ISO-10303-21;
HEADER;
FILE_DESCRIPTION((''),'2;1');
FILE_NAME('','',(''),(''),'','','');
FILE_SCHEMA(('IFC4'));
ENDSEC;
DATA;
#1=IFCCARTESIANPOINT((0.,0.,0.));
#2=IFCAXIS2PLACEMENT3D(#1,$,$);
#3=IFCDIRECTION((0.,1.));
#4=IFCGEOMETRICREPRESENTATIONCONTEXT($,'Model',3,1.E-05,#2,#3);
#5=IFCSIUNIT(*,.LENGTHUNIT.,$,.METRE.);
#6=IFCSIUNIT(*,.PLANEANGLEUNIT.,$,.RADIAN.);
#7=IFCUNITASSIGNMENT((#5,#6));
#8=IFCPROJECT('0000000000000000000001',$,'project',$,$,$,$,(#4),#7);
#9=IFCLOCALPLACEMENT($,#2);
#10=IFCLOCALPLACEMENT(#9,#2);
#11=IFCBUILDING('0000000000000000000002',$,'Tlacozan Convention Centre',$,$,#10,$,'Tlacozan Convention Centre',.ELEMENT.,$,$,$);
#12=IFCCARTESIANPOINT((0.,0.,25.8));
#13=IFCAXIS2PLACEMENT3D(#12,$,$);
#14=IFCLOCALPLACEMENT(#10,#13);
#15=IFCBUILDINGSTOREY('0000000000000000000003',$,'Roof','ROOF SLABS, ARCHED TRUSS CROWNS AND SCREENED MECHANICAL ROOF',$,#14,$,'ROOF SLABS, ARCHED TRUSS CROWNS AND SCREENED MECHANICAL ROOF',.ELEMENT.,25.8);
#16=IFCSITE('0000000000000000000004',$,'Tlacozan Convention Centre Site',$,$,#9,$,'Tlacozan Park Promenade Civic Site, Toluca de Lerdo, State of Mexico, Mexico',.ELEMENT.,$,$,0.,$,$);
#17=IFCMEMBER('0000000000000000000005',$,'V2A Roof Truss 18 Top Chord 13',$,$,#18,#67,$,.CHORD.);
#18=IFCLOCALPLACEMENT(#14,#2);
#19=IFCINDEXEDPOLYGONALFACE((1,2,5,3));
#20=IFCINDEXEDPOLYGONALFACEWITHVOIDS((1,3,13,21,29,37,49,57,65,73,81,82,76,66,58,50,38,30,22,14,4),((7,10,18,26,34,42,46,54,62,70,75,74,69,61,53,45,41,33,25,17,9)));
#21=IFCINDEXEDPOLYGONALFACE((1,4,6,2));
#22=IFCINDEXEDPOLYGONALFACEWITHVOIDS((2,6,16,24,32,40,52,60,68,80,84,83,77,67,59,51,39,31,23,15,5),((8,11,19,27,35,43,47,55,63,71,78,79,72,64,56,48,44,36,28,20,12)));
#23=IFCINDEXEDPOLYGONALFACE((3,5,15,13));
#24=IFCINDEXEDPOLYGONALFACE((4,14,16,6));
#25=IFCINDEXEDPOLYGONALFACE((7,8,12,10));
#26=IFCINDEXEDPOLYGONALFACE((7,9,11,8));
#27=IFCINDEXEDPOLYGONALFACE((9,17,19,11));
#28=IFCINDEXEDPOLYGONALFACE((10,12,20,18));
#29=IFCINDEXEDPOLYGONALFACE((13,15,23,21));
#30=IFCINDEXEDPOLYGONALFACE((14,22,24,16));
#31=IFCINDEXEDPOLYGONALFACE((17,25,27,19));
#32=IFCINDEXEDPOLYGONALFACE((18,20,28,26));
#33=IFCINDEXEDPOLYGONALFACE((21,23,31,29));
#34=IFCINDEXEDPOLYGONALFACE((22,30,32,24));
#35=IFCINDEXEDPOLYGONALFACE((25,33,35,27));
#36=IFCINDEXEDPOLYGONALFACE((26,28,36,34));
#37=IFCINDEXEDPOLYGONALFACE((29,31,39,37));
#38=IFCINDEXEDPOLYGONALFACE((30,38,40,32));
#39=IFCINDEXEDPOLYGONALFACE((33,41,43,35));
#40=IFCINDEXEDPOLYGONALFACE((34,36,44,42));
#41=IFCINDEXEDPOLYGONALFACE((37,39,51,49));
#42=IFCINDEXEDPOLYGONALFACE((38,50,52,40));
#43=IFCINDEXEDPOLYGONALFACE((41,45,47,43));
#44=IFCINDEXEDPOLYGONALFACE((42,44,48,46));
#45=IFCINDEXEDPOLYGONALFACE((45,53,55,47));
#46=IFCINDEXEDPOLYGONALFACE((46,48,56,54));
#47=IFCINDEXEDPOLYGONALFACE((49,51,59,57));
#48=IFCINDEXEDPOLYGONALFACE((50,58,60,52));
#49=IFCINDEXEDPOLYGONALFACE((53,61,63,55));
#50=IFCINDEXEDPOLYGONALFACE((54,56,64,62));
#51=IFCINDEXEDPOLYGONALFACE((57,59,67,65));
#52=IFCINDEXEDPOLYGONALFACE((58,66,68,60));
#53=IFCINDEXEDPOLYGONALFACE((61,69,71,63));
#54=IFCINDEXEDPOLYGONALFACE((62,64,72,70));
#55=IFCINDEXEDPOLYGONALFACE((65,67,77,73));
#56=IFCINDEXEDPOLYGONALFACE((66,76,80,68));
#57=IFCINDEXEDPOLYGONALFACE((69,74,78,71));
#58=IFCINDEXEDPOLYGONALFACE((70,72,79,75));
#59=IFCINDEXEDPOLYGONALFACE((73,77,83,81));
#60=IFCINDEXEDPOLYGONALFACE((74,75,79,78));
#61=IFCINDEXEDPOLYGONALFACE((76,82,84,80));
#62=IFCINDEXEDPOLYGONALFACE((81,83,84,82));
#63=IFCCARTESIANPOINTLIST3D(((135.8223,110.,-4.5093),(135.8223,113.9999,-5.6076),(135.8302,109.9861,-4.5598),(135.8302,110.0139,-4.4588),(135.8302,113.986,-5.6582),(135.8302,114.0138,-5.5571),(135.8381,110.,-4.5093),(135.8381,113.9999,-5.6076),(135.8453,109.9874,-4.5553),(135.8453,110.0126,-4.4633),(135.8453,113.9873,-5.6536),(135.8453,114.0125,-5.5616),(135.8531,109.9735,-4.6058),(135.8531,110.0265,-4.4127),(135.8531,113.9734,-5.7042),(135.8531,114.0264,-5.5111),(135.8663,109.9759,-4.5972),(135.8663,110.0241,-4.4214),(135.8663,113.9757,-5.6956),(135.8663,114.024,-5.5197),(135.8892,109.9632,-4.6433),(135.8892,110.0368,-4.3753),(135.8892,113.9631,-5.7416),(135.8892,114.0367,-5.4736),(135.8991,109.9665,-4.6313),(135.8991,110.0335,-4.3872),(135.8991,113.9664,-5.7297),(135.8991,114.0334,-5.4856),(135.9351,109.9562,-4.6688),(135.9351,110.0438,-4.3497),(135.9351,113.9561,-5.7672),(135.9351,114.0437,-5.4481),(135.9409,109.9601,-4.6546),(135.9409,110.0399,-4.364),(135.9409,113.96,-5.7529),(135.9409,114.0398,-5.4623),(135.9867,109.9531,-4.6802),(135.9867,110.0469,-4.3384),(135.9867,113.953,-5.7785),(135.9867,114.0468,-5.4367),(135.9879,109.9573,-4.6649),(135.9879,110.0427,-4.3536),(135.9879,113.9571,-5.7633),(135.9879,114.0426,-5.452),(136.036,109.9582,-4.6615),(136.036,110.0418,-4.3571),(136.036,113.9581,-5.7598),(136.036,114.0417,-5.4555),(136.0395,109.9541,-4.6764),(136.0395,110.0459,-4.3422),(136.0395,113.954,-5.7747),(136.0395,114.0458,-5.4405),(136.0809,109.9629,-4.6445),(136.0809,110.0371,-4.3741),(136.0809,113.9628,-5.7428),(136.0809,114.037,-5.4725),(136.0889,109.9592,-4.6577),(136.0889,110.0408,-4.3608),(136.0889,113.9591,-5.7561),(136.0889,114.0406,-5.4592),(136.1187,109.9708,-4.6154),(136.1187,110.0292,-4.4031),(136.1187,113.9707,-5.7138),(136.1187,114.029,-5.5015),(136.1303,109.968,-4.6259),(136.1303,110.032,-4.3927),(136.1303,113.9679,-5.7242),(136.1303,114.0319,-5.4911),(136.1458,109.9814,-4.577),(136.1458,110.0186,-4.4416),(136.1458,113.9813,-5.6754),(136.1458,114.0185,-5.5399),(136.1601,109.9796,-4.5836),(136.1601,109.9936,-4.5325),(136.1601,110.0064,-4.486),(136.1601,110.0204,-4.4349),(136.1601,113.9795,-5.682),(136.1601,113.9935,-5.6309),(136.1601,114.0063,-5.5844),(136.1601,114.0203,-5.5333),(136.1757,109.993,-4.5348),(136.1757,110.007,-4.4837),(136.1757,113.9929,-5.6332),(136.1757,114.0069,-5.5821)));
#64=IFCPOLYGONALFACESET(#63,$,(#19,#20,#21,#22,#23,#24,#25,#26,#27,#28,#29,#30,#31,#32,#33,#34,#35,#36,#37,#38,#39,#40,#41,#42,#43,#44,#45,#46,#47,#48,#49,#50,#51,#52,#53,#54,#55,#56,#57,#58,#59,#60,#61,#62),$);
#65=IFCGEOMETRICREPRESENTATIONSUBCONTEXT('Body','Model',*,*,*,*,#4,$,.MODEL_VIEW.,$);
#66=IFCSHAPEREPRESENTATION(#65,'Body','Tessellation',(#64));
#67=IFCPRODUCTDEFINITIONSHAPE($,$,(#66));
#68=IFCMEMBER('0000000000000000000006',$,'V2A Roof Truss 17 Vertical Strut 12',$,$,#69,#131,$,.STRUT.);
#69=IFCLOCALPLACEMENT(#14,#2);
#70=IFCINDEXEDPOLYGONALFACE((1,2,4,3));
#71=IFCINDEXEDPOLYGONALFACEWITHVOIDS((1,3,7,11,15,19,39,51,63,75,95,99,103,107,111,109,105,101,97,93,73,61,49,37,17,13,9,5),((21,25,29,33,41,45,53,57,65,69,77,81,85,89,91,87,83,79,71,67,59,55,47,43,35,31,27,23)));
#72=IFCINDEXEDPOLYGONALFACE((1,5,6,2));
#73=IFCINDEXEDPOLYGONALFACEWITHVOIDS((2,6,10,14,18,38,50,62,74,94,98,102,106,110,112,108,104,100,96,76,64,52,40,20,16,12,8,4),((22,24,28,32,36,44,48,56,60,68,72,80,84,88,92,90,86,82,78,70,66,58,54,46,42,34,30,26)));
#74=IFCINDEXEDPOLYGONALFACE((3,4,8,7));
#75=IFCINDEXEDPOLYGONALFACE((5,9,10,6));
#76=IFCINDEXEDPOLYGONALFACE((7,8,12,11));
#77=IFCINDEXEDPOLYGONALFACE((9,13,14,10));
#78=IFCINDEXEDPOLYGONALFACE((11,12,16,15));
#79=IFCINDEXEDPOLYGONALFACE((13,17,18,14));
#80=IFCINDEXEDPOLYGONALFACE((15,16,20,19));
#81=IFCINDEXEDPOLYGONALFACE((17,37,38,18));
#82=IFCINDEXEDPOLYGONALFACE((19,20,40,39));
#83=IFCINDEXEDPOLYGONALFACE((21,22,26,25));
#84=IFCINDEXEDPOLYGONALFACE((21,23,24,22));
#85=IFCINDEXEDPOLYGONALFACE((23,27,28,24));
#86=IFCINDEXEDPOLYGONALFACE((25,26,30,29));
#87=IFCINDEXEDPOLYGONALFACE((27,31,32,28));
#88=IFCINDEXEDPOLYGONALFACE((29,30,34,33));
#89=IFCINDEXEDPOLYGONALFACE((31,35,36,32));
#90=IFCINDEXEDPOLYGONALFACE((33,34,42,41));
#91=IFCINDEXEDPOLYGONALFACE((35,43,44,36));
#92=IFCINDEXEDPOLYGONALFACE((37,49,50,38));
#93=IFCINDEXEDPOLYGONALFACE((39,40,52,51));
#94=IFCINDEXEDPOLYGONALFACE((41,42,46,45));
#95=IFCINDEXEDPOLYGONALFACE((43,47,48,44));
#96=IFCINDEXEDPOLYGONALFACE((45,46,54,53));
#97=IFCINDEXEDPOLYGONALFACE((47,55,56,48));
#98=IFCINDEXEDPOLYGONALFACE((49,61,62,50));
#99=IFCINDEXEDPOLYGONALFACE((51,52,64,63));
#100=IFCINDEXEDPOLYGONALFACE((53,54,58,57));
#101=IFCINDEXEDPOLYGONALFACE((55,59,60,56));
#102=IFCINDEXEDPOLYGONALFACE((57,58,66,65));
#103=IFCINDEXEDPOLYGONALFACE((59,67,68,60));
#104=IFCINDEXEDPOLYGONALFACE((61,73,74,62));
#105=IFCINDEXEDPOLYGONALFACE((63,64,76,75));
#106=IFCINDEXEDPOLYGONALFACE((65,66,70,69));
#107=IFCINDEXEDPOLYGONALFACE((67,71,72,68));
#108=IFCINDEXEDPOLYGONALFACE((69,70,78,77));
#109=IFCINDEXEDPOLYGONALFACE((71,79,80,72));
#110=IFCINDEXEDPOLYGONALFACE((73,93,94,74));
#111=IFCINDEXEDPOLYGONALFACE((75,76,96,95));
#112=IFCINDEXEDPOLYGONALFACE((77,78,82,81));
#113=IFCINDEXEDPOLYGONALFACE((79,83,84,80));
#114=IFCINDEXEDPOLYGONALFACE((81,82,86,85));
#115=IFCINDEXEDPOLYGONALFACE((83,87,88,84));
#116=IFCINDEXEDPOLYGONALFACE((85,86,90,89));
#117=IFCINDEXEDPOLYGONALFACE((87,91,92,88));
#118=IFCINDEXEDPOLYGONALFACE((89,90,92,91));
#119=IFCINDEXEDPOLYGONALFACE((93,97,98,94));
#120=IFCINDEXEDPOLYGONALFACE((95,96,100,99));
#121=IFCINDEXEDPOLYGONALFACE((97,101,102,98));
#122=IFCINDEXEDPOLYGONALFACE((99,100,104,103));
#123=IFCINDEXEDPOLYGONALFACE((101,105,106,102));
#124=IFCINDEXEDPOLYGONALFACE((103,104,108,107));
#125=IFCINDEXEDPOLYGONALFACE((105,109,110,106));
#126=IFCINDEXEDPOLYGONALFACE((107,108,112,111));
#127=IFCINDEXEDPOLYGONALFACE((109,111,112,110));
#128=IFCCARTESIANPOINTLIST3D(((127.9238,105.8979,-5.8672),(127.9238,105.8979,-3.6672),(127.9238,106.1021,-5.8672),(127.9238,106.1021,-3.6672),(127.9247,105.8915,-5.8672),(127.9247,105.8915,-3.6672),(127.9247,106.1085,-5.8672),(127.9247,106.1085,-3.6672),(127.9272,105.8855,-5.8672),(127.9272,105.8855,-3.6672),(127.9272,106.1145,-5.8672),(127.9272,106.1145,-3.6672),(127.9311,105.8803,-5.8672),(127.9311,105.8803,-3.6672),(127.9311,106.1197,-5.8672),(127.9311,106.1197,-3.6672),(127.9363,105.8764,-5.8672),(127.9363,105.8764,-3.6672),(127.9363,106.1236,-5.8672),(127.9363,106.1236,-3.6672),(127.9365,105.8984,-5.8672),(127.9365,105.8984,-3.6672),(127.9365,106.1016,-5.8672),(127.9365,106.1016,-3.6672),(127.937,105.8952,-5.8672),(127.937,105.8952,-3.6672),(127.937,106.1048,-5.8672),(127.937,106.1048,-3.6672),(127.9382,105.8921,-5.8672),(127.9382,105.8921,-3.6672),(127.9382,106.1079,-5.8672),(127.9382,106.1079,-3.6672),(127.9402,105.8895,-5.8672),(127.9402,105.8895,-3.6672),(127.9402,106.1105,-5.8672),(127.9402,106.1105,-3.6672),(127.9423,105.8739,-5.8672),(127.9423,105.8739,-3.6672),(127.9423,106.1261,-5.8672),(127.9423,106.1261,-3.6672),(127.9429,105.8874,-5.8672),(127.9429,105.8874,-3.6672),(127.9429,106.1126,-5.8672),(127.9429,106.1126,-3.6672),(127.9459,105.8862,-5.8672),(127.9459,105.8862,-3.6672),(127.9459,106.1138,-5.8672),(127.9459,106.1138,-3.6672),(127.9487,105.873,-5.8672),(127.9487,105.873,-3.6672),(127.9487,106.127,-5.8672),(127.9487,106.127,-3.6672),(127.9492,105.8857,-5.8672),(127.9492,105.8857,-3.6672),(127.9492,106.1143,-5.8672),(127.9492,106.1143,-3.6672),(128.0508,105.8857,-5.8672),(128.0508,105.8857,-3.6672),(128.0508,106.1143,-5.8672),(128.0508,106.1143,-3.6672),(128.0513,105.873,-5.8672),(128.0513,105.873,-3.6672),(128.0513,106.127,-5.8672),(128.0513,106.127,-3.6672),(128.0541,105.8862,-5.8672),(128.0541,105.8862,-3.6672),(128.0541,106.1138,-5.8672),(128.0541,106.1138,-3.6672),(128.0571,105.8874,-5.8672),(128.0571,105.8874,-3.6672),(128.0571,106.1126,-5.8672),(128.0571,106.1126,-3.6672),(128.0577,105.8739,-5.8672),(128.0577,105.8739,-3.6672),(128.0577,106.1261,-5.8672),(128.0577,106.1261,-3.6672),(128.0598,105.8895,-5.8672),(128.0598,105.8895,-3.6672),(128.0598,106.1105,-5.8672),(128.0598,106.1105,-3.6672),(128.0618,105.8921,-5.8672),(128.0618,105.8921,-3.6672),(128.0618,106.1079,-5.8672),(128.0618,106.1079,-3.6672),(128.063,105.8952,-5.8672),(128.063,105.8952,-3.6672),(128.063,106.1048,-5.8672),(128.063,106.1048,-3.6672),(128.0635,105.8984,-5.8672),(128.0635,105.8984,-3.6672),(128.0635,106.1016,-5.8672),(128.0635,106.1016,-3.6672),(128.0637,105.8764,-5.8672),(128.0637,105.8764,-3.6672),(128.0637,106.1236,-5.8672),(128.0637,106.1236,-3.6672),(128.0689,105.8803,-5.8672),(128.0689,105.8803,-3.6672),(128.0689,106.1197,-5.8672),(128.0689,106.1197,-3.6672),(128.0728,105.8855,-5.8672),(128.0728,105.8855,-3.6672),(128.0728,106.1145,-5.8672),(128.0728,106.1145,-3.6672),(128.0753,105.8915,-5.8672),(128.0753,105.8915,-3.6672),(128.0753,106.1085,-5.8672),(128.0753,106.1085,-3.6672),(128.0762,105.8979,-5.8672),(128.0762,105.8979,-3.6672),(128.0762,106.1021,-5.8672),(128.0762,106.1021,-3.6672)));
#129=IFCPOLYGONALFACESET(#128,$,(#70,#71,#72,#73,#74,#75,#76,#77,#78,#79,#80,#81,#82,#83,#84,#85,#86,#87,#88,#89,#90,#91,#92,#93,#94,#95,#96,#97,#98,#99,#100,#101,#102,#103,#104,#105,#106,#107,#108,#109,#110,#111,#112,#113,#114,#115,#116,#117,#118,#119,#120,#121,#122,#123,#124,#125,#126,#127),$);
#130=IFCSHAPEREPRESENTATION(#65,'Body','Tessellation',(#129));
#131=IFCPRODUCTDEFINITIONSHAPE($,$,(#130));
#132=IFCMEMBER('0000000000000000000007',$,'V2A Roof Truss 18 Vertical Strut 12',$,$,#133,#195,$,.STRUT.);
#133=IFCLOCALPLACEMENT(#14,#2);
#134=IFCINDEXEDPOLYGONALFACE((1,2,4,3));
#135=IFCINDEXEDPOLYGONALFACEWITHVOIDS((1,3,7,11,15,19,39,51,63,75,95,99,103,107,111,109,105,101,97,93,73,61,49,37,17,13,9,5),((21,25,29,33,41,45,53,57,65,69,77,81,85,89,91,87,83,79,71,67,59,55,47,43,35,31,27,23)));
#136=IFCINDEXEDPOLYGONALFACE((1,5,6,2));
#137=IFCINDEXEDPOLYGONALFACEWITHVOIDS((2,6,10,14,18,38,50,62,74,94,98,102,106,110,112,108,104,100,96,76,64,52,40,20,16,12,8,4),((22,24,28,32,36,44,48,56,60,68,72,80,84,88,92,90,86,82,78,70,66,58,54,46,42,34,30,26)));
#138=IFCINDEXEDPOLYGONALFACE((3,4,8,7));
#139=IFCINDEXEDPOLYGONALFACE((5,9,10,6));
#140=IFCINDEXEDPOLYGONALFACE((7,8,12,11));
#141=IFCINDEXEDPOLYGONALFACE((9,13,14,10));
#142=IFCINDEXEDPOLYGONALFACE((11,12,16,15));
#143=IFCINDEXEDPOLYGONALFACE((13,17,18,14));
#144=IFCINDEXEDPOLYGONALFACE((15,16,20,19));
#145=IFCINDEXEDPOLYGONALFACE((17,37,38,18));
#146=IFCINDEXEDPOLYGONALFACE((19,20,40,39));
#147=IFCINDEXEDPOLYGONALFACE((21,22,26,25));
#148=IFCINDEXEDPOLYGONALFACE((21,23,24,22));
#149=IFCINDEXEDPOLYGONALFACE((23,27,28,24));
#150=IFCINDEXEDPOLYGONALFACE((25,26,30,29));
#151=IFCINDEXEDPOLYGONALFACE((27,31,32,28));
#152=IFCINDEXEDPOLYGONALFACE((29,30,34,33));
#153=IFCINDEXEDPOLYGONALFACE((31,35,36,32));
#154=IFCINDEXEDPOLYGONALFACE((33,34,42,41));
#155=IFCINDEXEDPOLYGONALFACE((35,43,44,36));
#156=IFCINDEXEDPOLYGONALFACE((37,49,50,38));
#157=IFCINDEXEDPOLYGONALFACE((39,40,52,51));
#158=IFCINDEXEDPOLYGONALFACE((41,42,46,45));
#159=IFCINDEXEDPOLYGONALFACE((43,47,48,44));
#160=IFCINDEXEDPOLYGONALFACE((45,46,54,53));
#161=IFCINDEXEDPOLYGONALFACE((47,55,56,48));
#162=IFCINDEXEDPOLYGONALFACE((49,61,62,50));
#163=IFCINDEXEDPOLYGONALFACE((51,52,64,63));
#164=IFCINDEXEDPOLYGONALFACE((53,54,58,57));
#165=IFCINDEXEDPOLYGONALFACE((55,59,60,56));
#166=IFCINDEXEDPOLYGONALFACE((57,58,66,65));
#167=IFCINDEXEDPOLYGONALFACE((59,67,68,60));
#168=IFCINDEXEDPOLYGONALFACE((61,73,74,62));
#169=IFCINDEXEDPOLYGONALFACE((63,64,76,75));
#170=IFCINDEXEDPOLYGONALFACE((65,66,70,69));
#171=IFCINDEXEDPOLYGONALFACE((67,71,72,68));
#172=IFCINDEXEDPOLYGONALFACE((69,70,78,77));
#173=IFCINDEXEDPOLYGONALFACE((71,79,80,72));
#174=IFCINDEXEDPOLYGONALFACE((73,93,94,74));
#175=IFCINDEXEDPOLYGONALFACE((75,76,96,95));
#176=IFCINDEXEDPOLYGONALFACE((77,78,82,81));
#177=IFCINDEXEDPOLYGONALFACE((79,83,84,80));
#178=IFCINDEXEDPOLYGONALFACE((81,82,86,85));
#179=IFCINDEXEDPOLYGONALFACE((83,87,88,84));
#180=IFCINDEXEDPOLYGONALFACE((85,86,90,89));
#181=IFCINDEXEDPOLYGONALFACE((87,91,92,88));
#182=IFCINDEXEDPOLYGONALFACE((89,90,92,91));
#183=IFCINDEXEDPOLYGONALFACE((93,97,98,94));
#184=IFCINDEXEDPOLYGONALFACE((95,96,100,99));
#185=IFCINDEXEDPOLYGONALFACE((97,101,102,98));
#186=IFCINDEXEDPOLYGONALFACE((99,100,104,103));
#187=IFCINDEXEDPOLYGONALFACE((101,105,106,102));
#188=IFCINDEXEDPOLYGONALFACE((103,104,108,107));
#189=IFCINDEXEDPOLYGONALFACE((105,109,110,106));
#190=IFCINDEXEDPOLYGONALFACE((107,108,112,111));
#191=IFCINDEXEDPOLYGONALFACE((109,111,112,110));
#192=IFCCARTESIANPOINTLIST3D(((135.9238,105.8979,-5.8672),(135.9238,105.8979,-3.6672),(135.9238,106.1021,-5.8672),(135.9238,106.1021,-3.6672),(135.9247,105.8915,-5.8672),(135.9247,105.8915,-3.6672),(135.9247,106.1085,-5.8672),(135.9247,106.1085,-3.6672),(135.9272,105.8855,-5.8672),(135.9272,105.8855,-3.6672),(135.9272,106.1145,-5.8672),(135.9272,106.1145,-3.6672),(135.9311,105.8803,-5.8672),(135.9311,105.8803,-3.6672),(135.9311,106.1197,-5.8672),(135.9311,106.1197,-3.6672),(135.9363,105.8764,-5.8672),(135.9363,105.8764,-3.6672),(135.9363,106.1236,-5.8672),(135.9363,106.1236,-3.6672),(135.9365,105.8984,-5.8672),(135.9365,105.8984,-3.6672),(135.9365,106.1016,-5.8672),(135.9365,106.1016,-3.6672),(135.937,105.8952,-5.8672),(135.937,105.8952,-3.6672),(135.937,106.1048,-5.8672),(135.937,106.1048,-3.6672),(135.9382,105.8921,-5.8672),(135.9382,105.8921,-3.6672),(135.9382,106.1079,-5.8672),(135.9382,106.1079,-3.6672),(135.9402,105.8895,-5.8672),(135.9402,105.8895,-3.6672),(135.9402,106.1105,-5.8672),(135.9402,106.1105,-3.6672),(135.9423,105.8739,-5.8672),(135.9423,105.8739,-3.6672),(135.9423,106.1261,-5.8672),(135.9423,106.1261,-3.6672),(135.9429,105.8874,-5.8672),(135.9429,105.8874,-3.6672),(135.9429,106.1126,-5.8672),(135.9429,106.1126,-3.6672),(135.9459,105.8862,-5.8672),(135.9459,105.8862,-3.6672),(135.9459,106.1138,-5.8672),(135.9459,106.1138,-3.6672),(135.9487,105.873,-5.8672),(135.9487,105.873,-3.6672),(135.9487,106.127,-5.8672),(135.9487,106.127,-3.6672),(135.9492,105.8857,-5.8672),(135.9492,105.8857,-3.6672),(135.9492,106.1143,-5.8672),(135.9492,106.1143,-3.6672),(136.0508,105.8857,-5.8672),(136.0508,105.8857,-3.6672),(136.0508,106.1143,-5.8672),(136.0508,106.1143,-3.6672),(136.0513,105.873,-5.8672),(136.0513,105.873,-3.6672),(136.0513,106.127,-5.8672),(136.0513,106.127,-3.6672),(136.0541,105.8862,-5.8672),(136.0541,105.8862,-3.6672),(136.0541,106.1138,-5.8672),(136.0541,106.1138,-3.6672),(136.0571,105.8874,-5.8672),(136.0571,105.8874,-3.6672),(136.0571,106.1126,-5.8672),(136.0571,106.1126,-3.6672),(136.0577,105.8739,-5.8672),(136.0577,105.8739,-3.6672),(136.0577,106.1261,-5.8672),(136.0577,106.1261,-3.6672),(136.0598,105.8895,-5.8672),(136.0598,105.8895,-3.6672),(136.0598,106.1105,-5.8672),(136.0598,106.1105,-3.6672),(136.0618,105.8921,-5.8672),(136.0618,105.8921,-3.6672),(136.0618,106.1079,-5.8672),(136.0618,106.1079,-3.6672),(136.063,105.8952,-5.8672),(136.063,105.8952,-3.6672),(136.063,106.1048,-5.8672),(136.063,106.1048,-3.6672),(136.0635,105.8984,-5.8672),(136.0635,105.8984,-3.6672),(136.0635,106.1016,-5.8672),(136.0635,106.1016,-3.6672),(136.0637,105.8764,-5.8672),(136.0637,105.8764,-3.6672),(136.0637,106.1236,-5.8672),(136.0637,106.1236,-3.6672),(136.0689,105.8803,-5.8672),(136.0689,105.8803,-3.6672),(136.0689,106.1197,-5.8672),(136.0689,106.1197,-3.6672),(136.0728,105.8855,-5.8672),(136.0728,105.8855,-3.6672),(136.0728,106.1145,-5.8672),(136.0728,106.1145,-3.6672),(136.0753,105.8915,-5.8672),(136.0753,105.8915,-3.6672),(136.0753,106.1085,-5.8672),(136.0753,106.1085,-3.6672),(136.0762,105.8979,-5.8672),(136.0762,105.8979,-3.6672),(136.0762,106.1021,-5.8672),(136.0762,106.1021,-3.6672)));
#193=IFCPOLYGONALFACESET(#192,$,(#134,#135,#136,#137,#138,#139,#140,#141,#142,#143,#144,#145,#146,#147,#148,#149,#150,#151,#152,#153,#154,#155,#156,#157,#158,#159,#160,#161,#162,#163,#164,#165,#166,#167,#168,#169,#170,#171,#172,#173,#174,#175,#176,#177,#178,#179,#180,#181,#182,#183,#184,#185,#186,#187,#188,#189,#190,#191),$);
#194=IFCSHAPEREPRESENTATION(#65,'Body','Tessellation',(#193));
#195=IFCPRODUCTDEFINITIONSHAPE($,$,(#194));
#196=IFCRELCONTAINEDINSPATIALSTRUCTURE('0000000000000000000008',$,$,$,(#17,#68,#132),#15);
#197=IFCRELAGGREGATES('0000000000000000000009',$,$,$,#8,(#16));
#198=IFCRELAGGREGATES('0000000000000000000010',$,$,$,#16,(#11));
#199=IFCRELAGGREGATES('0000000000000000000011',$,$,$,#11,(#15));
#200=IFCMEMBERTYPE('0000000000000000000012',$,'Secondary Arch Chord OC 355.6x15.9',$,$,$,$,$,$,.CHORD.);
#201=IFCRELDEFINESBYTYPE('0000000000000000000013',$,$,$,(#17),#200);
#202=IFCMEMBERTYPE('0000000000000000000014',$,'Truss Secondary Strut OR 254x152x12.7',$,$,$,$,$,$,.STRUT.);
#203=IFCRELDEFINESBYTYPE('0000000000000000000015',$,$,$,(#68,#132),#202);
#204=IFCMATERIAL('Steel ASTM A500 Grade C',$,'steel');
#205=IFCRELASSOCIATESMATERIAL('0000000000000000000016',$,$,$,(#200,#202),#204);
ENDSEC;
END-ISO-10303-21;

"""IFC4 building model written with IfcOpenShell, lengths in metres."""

from ifc_helpers import new_model, si_unit, direction, frame, origin, origin_2d, place, context, subcontext, project, spatial, hollow_rectangle, hollow_circle, extrude, material, material_profile, profile_set, type_object, element, save


model = new_model("IFC4")

# Units and contexts
model_context = context("Model", 3, precision=1e-05, world=origin(), true_north=direction((0.0, 1.0)))
body_context = subcontext(model_context, "Body", "Model", "MODEL_VIEW")
ifc_project = project(units=[si_unit("LENGTHUNIT", "METRE"), si_unit("PLANEANGLEUNIT", "RADIAN")], contexts=[model_context])

# Site, building, storey
site_placement = place(None, origin())
site = spatial("IfcSite", under=ifc_project, at=site_placement, Name="Tlacozan Convention Centre Site", LongName="Tlacozan Park Promenade Civic Site, Toluca de Lerdo, State of Mexico, Mexico", CompositionType="ELEMENT", RefElevation=0.0)
building_placement = place(site_placement, origin())
building = spatial("IfcBuilding", under=site, at=building_placement, Name="Tlacozan Convention Centre", LongName="Tlacozan Convention Centre", CompositionType="ELEMENT")
storey_placement = place(building_placement, frame((0.0, 0.0, 25.8)))
storey = spatial("IfcBuildingStorey", under=building, at=storey_placement, Name="Roof", Description="ROOF SLABS, ARCHED TRUSS CROWNS AND SCREENED MECHANICAL ROOF", LongName="ROOF SLABS, ARCHED TRUSS CROWNS AND SCREENED MECHANICAL ROOF", CompositionType="ELEMENT", Elevation=25.8)

# Members
ifc_material_1 = material(Name="Steel ASTM A500 Grade C", Category="steel")
ifc_material_profile_1 = material_profile(ifc_material_1, hollow_circle(Radius=0.1777, WallThickness=0.0159, at=origin_2d()), Name="OC 355.6x15.9")
ifc_profile_set_1 = profile_set([ifc_material_profile_1], Name="Steel ASTM A500 Grade C")
member_type_1 = type_object("IfcMemberType", Name="Secondary Arch Chord OC 355.6x15.9", PredefinedType="CHORD", material=ifc_profile_set_1)
member_1_placement = place(storey_placement, frame((136.0, 110.0, -4.5093), z_axis=(0.0, 0.964305, -0.264795), x_axis=(-1.0, 0.0, 0.0)))
element("IfcMember", 1, at=member_1_placement, inside=storey, type_object=member_type_1, Name="V2A Roof Truss 18 Top Chord 13", PredefinedType="CHORD", context=body_context, shape_type="SweptSolid", body=[
    extrude(hollow_circle(Radius=0.1777, WallThickness=0.0159, at=origin_2d()), origin(), (0.0, 0.0, 1.0), 4.1479),
])
ifc_material_profile_2 = material_profile(ifc_material_1, hollow_rectangle(XDim=0.1523, YDim=0.2539, WallThickness=0.0127, InnerFilletRadius=0.0127, OuterFilletRadius=0.0249, at=origin_2d()), Name="OR 254x152x12.7")
ifc_profile_set_2 = profile_set([ifc_material_profile_2], Name="Steel ASTM A500 Grade C")
member_type_2 = type_object("IfcMemberType", Name="Truss Secondary Strut OR 254x152x12.7", PredefinedType="STRUT", material=ifc_profile_set_2)
for number, where, z_axis, x_axis, name in (
    (2, (128.0, 106.0, -5.8672), (0.0, 0.0, 1.0), (1.0, 0.0, 0.0), "V2A Roof Truss 17 Vertical Strut 12"),
    (3, (136.0, 106.0, -5.8672), (0.0, 0.0, 1.0), (1.0, 0.0, 0.0), "V2A Roof Truss 18 Vertical Strut 12"),
):
    element("IfcMember", number, at=place(storey_placement, frame(where, z_axis=z_axis, x_axis=x_axis)), inside=storey, type_object=member_type_2, Name=name, PredefinedType="STRUT", context=body_context, shape_type="SweptSolid", body=[
        extrude(hollow_rectangle(XDim=0.1523, YDim=0.2539, WallThickness=0.0127, InnerFilletRadius=0.0127, OuterFilletRadius=0.0249, at=origin_2d()), origin(), (0.0, 0.0, 1.0), 2.2),
    ])

save(model, "model.ifc")
